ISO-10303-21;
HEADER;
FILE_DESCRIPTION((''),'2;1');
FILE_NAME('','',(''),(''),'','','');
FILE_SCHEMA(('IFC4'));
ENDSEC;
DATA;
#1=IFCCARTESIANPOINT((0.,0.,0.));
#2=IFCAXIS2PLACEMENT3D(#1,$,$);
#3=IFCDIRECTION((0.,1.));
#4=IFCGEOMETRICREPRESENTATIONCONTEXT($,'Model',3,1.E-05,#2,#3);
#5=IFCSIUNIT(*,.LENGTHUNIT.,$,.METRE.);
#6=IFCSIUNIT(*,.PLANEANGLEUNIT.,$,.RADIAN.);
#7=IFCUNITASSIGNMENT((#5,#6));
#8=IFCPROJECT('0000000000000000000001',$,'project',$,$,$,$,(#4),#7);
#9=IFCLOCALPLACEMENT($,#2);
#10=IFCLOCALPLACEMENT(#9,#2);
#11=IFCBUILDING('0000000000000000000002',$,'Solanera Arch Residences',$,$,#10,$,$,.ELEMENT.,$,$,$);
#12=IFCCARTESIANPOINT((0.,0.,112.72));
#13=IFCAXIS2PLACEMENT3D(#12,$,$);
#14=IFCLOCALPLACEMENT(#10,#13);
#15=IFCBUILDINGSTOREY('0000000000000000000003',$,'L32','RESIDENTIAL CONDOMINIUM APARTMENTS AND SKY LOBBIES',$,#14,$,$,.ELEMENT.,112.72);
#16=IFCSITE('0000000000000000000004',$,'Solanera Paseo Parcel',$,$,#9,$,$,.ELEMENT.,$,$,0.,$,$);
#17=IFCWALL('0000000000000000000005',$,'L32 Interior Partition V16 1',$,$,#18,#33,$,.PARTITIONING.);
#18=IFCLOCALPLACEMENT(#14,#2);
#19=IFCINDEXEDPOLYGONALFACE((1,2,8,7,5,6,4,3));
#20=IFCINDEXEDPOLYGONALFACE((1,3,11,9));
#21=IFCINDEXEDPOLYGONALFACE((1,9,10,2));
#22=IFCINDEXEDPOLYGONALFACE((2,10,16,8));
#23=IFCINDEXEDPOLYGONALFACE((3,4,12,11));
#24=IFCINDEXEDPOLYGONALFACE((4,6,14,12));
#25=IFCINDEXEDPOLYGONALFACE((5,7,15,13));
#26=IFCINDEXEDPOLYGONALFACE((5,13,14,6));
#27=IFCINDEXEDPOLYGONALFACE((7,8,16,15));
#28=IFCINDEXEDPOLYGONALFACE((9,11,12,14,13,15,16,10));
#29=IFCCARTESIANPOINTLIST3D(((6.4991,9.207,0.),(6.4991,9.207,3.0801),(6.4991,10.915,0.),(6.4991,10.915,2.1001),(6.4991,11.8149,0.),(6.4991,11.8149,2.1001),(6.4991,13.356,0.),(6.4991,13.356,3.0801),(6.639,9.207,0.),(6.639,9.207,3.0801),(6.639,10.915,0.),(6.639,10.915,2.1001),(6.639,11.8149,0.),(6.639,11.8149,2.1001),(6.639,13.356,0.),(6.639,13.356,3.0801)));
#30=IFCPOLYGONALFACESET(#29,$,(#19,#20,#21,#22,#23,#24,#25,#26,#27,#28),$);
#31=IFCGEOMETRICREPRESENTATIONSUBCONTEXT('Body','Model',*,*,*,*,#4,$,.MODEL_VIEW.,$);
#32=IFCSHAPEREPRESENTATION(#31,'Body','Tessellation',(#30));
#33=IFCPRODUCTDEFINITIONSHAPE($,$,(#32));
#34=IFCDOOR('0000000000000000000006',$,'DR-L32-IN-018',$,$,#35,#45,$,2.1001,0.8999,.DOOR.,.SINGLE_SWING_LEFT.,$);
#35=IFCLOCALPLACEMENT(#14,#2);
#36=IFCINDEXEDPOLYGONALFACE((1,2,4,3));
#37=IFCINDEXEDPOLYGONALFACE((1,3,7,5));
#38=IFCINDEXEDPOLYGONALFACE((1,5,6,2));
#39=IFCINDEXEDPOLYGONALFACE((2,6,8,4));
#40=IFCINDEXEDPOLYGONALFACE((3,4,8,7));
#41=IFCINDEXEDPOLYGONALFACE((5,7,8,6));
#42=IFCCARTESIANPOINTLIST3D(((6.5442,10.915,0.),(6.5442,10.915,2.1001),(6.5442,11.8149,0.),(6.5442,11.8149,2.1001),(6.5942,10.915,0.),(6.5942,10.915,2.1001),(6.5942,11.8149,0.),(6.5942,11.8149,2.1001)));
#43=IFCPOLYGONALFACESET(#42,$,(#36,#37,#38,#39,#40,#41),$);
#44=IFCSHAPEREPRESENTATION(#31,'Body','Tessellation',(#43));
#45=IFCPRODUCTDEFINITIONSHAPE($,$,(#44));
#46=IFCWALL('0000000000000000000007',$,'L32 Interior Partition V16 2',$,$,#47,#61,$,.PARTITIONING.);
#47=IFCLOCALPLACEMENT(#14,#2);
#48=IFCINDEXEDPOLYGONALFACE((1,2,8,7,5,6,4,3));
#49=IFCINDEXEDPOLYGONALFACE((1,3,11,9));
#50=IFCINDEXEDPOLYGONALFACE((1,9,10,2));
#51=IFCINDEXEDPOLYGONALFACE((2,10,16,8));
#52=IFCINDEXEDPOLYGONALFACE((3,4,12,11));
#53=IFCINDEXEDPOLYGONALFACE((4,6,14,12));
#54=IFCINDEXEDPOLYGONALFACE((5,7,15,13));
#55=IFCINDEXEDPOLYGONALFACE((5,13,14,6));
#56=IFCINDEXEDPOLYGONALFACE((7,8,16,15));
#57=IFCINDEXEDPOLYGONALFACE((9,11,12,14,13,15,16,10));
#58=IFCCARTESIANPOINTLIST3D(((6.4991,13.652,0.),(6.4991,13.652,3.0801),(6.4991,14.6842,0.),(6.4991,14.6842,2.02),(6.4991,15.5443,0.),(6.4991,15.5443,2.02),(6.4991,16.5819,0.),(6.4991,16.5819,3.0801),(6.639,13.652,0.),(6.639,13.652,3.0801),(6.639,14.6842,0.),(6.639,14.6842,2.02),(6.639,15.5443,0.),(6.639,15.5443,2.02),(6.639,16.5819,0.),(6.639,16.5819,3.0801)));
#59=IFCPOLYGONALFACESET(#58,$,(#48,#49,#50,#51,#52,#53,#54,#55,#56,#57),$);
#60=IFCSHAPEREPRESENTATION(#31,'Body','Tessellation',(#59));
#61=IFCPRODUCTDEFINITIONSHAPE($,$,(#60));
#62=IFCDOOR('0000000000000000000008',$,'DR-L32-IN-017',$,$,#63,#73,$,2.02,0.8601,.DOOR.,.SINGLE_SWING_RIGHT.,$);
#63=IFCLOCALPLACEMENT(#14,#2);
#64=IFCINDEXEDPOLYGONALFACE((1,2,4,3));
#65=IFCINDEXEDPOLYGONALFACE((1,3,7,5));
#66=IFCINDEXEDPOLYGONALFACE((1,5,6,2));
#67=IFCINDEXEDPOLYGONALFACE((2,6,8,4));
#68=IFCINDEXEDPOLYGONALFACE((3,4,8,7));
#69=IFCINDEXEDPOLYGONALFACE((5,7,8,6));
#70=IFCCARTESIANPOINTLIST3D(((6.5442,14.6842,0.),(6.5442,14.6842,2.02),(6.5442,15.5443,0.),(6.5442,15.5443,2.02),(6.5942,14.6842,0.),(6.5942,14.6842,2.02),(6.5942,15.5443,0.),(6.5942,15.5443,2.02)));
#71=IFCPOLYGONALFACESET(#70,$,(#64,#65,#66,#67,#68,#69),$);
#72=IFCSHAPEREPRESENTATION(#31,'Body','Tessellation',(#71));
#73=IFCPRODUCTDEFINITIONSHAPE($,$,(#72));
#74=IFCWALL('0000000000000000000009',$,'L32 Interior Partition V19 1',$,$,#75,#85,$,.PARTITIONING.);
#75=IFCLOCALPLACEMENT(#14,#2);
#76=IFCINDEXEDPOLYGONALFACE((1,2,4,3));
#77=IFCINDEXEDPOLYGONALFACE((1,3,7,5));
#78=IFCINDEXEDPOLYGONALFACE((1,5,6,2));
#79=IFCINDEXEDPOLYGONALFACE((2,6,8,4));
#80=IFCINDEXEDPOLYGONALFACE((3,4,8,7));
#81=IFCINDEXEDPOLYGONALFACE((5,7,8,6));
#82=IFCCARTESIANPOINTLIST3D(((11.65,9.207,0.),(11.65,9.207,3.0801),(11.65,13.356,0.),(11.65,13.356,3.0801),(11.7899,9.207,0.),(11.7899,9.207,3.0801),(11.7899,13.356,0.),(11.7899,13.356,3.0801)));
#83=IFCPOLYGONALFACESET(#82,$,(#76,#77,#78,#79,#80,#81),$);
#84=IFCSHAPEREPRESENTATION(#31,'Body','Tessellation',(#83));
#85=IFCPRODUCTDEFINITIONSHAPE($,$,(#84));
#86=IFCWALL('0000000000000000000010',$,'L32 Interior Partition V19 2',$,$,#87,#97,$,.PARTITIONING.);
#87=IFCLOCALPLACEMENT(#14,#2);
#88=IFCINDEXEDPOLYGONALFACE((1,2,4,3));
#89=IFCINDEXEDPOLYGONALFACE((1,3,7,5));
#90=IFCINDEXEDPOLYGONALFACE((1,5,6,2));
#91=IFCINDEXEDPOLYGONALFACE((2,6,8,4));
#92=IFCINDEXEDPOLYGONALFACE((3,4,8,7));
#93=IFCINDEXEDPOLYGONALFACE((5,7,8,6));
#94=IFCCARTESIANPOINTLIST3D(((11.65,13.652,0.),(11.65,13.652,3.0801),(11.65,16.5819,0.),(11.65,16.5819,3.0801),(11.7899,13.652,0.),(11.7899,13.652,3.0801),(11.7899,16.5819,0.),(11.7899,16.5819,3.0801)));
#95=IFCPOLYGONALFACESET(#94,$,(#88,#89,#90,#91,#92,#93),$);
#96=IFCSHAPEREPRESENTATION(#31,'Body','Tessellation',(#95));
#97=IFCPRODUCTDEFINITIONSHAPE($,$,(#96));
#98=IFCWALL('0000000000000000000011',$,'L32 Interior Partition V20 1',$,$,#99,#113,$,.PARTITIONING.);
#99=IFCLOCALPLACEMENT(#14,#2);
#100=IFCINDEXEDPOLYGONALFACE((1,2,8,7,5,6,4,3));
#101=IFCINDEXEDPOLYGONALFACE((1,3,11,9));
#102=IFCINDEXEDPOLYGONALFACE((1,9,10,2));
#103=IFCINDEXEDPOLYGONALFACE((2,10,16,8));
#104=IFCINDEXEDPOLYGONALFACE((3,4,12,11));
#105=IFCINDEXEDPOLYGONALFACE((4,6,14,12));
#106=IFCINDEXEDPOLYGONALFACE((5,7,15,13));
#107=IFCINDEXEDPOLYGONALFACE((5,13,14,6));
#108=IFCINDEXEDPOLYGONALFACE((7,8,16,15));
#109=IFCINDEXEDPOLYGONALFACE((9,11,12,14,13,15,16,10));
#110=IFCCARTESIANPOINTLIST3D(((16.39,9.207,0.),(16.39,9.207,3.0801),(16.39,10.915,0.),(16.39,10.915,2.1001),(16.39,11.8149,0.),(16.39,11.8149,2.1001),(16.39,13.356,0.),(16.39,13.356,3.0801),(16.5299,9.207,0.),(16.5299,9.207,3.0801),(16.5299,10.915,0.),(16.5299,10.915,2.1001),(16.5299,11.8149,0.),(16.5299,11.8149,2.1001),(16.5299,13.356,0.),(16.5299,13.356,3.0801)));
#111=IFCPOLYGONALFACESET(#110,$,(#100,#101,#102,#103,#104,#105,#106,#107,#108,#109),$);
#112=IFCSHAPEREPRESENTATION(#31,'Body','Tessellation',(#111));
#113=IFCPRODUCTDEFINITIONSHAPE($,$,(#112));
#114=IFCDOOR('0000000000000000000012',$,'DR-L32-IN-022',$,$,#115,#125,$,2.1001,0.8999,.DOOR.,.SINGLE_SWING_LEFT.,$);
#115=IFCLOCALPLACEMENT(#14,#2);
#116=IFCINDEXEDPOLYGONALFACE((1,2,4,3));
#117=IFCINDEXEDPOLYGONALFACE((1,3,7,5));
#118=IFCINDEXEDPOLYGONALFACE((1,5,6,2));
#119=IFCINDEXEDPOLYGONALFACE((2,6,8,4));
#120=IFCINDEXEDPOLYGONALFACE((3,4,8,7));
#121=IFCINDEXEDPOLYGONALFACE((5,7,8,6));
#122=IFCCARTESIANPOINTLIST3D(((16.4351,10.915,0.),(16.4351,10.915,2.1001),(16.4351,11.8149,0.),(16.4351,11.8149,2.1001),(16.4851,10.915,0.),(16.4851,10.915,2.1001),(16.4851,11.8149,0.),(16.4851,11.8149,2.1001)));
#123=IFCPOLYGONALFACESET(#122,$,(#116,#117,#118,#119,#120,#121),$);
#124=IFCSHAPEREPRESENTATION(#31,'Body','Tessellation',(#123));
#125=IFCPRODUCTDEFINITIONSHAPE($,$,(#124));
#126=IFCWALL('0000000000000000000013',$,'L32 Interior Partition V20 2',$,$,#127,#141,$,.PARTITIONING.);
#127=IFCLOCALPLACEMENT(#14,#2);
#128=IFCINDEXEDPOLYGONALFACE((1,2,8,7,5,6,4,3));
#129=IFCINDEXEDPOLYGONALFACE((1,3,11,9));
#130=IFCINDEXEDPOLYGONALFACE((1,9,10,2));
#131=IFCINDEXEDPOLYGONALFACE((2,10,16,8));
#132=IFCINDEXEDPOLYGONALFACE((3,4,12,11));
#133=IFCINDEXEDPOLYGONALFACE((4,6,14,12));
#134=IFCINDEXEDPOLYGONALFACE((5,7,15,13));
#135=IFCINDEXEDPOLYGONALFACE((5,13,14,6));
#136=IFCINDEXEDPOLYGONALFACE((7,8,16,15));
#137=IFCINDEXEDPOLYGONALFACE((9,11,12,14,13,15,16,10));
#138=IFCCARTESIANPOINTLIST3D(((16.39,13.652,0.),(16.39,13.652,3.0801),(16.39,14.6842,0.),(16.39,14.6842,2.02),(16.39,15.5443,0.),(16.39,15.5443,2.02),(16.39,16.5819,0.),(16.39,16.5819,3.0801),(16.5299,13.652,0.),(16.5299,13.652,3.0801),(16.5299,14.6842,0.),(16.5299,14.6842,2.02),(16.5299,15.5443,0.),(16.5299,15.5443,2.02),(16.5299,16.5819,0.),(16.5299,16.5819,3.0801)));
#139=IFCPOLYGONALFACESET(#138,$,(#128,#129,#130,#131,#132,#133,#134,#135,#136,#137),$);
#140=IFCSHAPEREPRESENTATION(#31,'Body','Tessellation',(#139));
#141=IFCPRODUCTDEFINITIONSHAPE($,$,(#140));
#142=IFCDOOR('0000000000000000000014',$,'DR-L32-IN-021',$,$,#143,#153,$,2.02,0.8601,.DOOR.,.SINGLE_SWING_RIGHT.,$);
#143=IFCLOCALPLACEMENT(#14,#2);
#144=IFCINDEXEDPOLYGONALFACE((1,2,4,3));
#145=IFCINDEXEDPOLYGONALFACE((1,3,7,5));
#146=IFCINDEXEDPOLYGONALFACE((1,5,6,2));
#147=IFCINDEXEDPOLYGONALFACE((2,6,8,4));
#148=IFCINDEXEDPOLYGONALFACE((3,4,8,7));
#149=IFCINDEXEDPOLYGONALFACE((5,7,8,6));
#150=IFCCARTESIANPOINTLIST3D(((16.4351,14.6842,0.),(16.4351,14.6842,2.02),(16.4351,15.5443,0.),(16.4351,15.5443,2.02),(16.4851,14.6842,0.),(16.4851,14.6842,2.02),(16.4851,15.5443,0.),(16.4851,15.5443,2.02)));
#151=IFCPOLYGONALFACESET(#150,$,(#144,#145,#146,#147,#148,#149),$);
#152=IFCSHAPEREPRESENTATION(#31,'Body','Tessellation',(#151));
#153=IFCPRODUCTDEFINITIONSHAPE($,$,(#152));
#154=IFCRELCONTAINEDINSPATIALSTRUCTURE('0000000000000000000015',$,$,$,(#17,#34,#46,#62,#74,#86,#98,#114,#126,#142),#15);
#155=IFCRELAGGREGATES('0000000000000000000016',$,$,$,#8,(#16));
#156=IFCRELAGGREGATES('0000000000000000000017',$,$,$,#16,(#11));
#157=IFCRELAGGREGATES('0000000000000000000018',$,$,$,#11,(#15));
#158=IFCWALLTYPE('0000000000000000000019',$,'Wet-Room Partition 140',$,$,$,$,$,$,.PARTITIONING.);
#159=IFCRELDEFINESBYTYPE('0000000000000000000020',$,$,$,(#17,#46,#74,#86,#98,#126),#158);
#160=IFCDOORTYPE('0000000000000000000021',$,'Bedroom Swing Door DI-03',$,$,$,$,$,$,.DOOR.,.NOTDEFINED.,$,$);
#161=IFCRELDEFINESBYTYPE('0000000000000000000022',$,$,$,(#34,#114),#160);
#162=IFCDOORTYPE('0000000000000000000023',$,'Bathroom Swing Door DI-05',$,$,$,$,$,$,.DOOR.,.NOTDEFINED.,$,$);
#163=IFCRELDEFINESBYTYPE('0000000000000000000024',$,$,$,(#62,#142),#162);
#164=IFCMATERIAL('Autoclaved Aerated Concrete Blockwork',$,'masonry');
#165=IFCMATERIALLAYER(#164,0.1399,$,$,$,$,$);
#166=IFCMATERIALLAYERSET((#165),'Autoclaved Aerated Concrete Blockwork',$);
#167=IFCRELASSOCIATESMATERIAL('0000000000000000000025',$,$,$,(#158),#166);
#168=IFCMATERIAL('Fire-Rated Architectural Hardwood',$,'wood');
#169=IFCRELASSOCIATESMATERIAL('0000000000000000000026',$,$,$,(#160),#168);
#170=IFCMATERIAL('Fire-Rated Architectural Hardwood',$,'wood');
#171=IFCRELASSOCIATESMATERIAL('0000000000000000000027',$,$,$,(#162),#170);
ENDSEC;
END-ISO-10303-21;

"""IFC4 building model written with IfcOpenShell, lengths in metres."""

from ifc_helpers import new_model, si_unit, direction, frame, frame_2d, origin, place, context, subcontext, project, spatial, rectangle, extrude, material, layer, layer_set, type_object, element, fill, save


model = new_model("IFC4")

# Units and contexts
model_context = context("Model", 3, precision=1e-05, world=origin(), true_north=direction((0.0, 1.0)))
body_context = subcontext(model_context, "Body", "Model", "MODEL_VIEW")
ifc_project = project(units=[si_unit("LENGTHUNIT", "METRE"), si_unit("PLANEANGLEUNIT", "RADIAN")], contexts=[model_context])

# Site, building, storey
site_placement = place(None, origin())
site = spatial("IfcSite", under=ifc_project, at=site_placement, Name="Solanera Paseo Parcel", CompositionType="ELEMENT", RefElevation=0.0)
building_placement = place(site_placement, origin())
building = spatial("IfcBuilding", under=site, at=building_placement, Name="Solanera Arch Residences", CompositionType="ELEMENT")
storey_placement = place(building_placement, frame((0.0, 0.0, 112.72)))
storey = spatial("IfcBuildingStorey", under=building, at=storey_placement, Name="L32", Description="RESIDENTIAL CONDOMINIUM APARTMENTS AND SKY LOBBIES", CompositionType="ELEMENT", Elevation=112.72)

# Shared definitions
ifc_material_1 = material(Name="Autoclaved Aerated Concrete Blockwork", Category="masonry")
ifc_layer_1 = layer(ifc_material_1, 0.1399)
ifc_layer_set_1 = layer_set([ifc_layer_1], Name="Autoclaved Aerated Concrete Blockwork")
wall_type_1 = type_object("IfcWallType", Name="Wet-Room Partition 140", PredefinedType="PARTITIONING", material=ifc_layer_set_1)

# Walls, openings, doors
wall_1_placement = place(storey_placement, frame((6.5691, 9.207, 0.0), z_axis=(0.0, 0.0, 1.0), x_axis=(0.0, 1.0, 0.0)))
wall_1 = element("IfcWall", 1, at=wall_1_placement, inside=storey, type_object=wall_type_1, Name="L32 Interior Partition V16 1", PredefinedType="PARTITIONING", context=body_context, shape_type="SweptSolid", body=[
    extrude(rectangle(XDim=4.1489, YDim=0.1399, at=frame_2d((2.0745, 0.0))), origin(), (0.0, 0.0, 1.0), 3.0801),
])
opening_1_placement = place(wall_1_placement, frame((1.708, 0.0, 0.0)))
opening_1 = element("IfcOpeningElement", 2, at=opening_1_placement, cuts=wall_1, PredefinedType="OPENING", context=body_context, shape_type="SweptSolid", body=[
    extrude(rectangle(XDim=0.8999, YDim=2.1001, at=frame_2d((0.45, 1.05))), frame((0.0, 0.0798, 0.0), z_axis=(0.0, -1.0, 0.0), x_axis=(1.0, 0.0, 0.0)), (0.0, 0.0, 1.0), 0.1599),
])
ifc_material_2 = material(Name="Fire-Rated Architectural Hardwood", Category="wood")
door_type_1 = type_object("IfcDoorType", Name="Bedroom Swing Door DI-03", OperationType="NOTDEFINED", PredefinedType="DOOR", material=ifc_material_2)
door_1_placement = place(opening_1_placement, origin())
door_1 = element("IfcDoor", 3, at=door_1_placement, inside=storey, type_object=door_type_1, Name="DR-L32-IN-018", OperationType="SINGLE_SWING_LEFT", OverallHeight=2.1001, OverallWidth=0.8999, PredefinedType="DOOR", context=body_context, shape_type="SweptSolid", body=[
    extrude(rectangle(XDim=0.8999, YDim=2.1001, at=frame_2d((0.45, 1.05))), frame((0.0, 0.0249, 0.0), z_axis=(0.0, -1.0, 0.0), x_axis=(1.0, 0.0, 0.0)), (0.0, 0.0, 1.0), 0.05),
])
fill(opening_1, door_1)
wall_2_placement = place(storey_placement, frame((6.5691, 13.6521, 0.0), z_axis=(0.0, 0.0, 1.0), x_axis=(0.0, 1.0, 0.0)))
wall_2 = element("IfcWall", 4, at=wall_2_placement, inside=storey, type_object=wall_type_1, Name="L32 Interior Partition V16 2", PredefinedType="PARTITIONING", context=body_context, shape_type="SweptSolid", body=[
    extrude(rectangle(XDim=2.9299, YDim=0.1399, at=frame_2d((1.4648, 0.0))), origin(), (0.0, 0.0, 1.0), 3.0801),
])
opening_2_placement = place(wall_2_placement, frame((1.032, 0.0, 0.0)))
opening_2 = element("IfcOpeningElement", 5, at=opening_2_placement, cuts=wall_2, PredefinedType="OPENING", context=body_context, shape_type="SweptSolid", body=[
    extrude(rectangle(XDim=0.8601, YDim=2.02, at=frame_2d((0.4302, 1.01))), frame((0.0, 0.0798, 0.0), z_axis=(0.0, -1.0, 0.0), x_axis=(1.0, 0.0, 0.0)), (0.0, 0.0, 1.0), 0.1599),
])
ifc_material_3 = material(Name="Fire-Rated Architectural Hardwood", Category="wood")
door_type_2 = type_object("IfcDoorType", Name="Bathroom Swing Door DI-05", OperationType="NOTDEFINED", PredefinedType="DOOR", material=ifc_material_3)
door_2_placement = place(opening_2_placement, origin())
door_2 = element("IfcDoor", 6, at=door_2_placement, inside=storey, type_object=door_type_2, Name="DR-L32-IN-017", OperationType="SINGLE_SWING_RIGHT", OverallHeight=2.02, OverallWidth=0.8601, PredefinedType="DOOR", context=body_context, shape_type="SweptSolid", body=[
    extrude(rectangle(XDim=0.8601, YDim=2.02, at=frame_2d((0.4302, 1.01))), frame((0.0, 0.0249, 0.0), z_axis=(0.0, -1.0, 0.0), x_axis=(1.0, 0.0, 0.0)), (0.0, 0.0, 1.0), 0.05),
])
fill(opening_2, door_2)

# Walls
wall_3_placement = place(storey_placement, frame((11.72, 9.207, 0.0), z_axis=(0.0, 0.0, 1.0), x_axis=(0.0, 1.0, 0.0)))
element("IfcWall", 7, at=wall_3_placement, inside=storey, type_object=wall_type_1, Name="L32 Interior Partition V19 1", PredefinedType="PARTITIONING", context=body_context, shape_type="SweptSolid", body=[
    extrude(rectangle(XDim=4.1489, YDim=0.1399, at=frame_2d((2.0745, 0.0))), origin(), (0.0, 0.0, 1.0), 3.0801),
])
wall_4_placement = place(storey_placement, frame((11.72, 13.6521, 0.0), z_axis=(0.0, 0.0, 1.0), x_axis=(0.0, 1.0, 0.0)))
element("IfcWall", 8, at=wall_4_placement, inside=storey, type_object=wall_type_1, Name="L32 Interior Partition V19 2", PredefinedType="PARTITIONING", context=body_context, shape_type="SweptSolid", body=[
    extrude(rectangle(XDim=2.9299, YDim=0.1399, at=frame_2d((1.4648, 0.0))), origin(), (0.0, 0.0, 1.0), 3.0801),
])

# Walls, openings, doors
wall_5_placement = place(storey_placement, frame((16.46, 9.207, 0.0), z_axis=(0.0, 0.0, 1.0), x_axis=(0.0, 1.0, 0.0)))
wall_5 = element("IfcWall", 9, at=wall_5_placement, inside=storey, type_object=wall_type_1, Name="L32 Interior Partition V20 1", PredefinedType="PARTITIONING", context=body_context, shape_type="SweptSolid", body=[
    extrude(rectangle(XDim=4.1489, YDim=0.1399, at=frame_2d((2.0745, 0.0))), origin(), (0.0, 0.0, 1.0), 3.0801),
])
opening_3_placement = place(wall_5_placement, frame((1.708, 0.0, 0.0)))
opening_3 = element("IfcOpeningElement", 10, at=opening_3_placement, cuts=wall_5, PredefinedType="OPENING", context=body_context, shape_type="SweptSolid", body=[
    extrude(rectangle(XDim=0.8999, YDim=2.1001, at=frame_2d((0.45, 1.05))), frame((0.0, 0.0798, 0.0), z_axis=(0.0, -1.0, 0.0), x_axis=(1.0, 0.0, 0.0)), (0.0, 0.0, 1.0), 0.1599),
])
door_3_placement = place(opening_3_placement, origin())
door_3 = element("IfcDoor", 11, at=door_3_placement, inside=storey, type_object=door_type_1, Name="DR-L32-IN-022", OperationType="SINGLE_SWING_LEFT", OverallHeight=2.1001, OverallWidth=0.8999, PredefinedType="DOOR", context=body_context, shape_type="SweptSolid", body=[
    extrude(rectangle(XDim=0.8999, YDim=2.1001, at=frame_2d((0.45, 1.05))), frame((0.0, 0.0249, 0.0), z_axis=(0.0, -1.0, 0.0), x_axis=(1.0, 0.0, 0.0)), (0.0, 0.0, 1.0), 0.05),
])
fill(opening_3, door_3)
wall_6_placement = place(storey_placement, frame((16.46, 13.6521, 0.0), z_axis=(0.0, 0.0, 1.0), x_axis=(0.0, 1.0, 0.0)))
wall_6 = element("IfcWall", 12, at=wall_6_placement, inside=storey, type_object=wall_type_1, Name="L32 Interior Partition V20 2", PredefinedType="PARTITIONING", context=body_context, shape_type="SweptSolid", body=[
    extrude(rectangle(XDim=2.9299, YDim=0.1399, at=frame_2d((1.4648, 0.0))), origin(), (0.0, 0.0, 1.0), 3.0801),
])
opening_4_placement = place(wall_6_placement, frame((1.032, 0.0, 0.0)))
opening_4 = element("IfcOpeningElement", 13, at=opening_4_placement, cuts=wall_6, PredefinedType="OPENING", context=body_context, shape_type="SweptSolid", body=[
    extrude(rectangle(XDim=0.8601, YDim=2.02, at=frame_2d((0.4302, 1.01))), frame((0.0, 0.0798, 0.0), z_axis=(0.0, -1.0, 0.0), x_axis=(1.0, 0.0, 0.0)), (0.0, 0.0, 1.0), 0.1599),
])
door_4_placement = place(opening_4_placement, origin())
door_4 = element("IfcDoor", 14, at=door_4_placement, inside=storey, type_object=door_type_2, Name="DR-L32-IN-021", OperationType="SINGLE_SWING_RIGHT", OverallHeight=2.02, OverallWidth=0.8601, PredefinedType="DOOR", context=body_context, shape_type="SweptSolid", body=[
    extrude(rectangle(XDim=0.8601, YDim=2.02, at=frame_2d((0.4302, 1.01))), frame((0.0, 0.0249, 0.0), z_axis=(0.0, -1.0, 0.0), x_axis=(1.0, 0.0, 0.0)), (0.0, 0.0, 1.0), 0.05),
])
fill(opening_4, door_4)

save(model, "model.ifc")
